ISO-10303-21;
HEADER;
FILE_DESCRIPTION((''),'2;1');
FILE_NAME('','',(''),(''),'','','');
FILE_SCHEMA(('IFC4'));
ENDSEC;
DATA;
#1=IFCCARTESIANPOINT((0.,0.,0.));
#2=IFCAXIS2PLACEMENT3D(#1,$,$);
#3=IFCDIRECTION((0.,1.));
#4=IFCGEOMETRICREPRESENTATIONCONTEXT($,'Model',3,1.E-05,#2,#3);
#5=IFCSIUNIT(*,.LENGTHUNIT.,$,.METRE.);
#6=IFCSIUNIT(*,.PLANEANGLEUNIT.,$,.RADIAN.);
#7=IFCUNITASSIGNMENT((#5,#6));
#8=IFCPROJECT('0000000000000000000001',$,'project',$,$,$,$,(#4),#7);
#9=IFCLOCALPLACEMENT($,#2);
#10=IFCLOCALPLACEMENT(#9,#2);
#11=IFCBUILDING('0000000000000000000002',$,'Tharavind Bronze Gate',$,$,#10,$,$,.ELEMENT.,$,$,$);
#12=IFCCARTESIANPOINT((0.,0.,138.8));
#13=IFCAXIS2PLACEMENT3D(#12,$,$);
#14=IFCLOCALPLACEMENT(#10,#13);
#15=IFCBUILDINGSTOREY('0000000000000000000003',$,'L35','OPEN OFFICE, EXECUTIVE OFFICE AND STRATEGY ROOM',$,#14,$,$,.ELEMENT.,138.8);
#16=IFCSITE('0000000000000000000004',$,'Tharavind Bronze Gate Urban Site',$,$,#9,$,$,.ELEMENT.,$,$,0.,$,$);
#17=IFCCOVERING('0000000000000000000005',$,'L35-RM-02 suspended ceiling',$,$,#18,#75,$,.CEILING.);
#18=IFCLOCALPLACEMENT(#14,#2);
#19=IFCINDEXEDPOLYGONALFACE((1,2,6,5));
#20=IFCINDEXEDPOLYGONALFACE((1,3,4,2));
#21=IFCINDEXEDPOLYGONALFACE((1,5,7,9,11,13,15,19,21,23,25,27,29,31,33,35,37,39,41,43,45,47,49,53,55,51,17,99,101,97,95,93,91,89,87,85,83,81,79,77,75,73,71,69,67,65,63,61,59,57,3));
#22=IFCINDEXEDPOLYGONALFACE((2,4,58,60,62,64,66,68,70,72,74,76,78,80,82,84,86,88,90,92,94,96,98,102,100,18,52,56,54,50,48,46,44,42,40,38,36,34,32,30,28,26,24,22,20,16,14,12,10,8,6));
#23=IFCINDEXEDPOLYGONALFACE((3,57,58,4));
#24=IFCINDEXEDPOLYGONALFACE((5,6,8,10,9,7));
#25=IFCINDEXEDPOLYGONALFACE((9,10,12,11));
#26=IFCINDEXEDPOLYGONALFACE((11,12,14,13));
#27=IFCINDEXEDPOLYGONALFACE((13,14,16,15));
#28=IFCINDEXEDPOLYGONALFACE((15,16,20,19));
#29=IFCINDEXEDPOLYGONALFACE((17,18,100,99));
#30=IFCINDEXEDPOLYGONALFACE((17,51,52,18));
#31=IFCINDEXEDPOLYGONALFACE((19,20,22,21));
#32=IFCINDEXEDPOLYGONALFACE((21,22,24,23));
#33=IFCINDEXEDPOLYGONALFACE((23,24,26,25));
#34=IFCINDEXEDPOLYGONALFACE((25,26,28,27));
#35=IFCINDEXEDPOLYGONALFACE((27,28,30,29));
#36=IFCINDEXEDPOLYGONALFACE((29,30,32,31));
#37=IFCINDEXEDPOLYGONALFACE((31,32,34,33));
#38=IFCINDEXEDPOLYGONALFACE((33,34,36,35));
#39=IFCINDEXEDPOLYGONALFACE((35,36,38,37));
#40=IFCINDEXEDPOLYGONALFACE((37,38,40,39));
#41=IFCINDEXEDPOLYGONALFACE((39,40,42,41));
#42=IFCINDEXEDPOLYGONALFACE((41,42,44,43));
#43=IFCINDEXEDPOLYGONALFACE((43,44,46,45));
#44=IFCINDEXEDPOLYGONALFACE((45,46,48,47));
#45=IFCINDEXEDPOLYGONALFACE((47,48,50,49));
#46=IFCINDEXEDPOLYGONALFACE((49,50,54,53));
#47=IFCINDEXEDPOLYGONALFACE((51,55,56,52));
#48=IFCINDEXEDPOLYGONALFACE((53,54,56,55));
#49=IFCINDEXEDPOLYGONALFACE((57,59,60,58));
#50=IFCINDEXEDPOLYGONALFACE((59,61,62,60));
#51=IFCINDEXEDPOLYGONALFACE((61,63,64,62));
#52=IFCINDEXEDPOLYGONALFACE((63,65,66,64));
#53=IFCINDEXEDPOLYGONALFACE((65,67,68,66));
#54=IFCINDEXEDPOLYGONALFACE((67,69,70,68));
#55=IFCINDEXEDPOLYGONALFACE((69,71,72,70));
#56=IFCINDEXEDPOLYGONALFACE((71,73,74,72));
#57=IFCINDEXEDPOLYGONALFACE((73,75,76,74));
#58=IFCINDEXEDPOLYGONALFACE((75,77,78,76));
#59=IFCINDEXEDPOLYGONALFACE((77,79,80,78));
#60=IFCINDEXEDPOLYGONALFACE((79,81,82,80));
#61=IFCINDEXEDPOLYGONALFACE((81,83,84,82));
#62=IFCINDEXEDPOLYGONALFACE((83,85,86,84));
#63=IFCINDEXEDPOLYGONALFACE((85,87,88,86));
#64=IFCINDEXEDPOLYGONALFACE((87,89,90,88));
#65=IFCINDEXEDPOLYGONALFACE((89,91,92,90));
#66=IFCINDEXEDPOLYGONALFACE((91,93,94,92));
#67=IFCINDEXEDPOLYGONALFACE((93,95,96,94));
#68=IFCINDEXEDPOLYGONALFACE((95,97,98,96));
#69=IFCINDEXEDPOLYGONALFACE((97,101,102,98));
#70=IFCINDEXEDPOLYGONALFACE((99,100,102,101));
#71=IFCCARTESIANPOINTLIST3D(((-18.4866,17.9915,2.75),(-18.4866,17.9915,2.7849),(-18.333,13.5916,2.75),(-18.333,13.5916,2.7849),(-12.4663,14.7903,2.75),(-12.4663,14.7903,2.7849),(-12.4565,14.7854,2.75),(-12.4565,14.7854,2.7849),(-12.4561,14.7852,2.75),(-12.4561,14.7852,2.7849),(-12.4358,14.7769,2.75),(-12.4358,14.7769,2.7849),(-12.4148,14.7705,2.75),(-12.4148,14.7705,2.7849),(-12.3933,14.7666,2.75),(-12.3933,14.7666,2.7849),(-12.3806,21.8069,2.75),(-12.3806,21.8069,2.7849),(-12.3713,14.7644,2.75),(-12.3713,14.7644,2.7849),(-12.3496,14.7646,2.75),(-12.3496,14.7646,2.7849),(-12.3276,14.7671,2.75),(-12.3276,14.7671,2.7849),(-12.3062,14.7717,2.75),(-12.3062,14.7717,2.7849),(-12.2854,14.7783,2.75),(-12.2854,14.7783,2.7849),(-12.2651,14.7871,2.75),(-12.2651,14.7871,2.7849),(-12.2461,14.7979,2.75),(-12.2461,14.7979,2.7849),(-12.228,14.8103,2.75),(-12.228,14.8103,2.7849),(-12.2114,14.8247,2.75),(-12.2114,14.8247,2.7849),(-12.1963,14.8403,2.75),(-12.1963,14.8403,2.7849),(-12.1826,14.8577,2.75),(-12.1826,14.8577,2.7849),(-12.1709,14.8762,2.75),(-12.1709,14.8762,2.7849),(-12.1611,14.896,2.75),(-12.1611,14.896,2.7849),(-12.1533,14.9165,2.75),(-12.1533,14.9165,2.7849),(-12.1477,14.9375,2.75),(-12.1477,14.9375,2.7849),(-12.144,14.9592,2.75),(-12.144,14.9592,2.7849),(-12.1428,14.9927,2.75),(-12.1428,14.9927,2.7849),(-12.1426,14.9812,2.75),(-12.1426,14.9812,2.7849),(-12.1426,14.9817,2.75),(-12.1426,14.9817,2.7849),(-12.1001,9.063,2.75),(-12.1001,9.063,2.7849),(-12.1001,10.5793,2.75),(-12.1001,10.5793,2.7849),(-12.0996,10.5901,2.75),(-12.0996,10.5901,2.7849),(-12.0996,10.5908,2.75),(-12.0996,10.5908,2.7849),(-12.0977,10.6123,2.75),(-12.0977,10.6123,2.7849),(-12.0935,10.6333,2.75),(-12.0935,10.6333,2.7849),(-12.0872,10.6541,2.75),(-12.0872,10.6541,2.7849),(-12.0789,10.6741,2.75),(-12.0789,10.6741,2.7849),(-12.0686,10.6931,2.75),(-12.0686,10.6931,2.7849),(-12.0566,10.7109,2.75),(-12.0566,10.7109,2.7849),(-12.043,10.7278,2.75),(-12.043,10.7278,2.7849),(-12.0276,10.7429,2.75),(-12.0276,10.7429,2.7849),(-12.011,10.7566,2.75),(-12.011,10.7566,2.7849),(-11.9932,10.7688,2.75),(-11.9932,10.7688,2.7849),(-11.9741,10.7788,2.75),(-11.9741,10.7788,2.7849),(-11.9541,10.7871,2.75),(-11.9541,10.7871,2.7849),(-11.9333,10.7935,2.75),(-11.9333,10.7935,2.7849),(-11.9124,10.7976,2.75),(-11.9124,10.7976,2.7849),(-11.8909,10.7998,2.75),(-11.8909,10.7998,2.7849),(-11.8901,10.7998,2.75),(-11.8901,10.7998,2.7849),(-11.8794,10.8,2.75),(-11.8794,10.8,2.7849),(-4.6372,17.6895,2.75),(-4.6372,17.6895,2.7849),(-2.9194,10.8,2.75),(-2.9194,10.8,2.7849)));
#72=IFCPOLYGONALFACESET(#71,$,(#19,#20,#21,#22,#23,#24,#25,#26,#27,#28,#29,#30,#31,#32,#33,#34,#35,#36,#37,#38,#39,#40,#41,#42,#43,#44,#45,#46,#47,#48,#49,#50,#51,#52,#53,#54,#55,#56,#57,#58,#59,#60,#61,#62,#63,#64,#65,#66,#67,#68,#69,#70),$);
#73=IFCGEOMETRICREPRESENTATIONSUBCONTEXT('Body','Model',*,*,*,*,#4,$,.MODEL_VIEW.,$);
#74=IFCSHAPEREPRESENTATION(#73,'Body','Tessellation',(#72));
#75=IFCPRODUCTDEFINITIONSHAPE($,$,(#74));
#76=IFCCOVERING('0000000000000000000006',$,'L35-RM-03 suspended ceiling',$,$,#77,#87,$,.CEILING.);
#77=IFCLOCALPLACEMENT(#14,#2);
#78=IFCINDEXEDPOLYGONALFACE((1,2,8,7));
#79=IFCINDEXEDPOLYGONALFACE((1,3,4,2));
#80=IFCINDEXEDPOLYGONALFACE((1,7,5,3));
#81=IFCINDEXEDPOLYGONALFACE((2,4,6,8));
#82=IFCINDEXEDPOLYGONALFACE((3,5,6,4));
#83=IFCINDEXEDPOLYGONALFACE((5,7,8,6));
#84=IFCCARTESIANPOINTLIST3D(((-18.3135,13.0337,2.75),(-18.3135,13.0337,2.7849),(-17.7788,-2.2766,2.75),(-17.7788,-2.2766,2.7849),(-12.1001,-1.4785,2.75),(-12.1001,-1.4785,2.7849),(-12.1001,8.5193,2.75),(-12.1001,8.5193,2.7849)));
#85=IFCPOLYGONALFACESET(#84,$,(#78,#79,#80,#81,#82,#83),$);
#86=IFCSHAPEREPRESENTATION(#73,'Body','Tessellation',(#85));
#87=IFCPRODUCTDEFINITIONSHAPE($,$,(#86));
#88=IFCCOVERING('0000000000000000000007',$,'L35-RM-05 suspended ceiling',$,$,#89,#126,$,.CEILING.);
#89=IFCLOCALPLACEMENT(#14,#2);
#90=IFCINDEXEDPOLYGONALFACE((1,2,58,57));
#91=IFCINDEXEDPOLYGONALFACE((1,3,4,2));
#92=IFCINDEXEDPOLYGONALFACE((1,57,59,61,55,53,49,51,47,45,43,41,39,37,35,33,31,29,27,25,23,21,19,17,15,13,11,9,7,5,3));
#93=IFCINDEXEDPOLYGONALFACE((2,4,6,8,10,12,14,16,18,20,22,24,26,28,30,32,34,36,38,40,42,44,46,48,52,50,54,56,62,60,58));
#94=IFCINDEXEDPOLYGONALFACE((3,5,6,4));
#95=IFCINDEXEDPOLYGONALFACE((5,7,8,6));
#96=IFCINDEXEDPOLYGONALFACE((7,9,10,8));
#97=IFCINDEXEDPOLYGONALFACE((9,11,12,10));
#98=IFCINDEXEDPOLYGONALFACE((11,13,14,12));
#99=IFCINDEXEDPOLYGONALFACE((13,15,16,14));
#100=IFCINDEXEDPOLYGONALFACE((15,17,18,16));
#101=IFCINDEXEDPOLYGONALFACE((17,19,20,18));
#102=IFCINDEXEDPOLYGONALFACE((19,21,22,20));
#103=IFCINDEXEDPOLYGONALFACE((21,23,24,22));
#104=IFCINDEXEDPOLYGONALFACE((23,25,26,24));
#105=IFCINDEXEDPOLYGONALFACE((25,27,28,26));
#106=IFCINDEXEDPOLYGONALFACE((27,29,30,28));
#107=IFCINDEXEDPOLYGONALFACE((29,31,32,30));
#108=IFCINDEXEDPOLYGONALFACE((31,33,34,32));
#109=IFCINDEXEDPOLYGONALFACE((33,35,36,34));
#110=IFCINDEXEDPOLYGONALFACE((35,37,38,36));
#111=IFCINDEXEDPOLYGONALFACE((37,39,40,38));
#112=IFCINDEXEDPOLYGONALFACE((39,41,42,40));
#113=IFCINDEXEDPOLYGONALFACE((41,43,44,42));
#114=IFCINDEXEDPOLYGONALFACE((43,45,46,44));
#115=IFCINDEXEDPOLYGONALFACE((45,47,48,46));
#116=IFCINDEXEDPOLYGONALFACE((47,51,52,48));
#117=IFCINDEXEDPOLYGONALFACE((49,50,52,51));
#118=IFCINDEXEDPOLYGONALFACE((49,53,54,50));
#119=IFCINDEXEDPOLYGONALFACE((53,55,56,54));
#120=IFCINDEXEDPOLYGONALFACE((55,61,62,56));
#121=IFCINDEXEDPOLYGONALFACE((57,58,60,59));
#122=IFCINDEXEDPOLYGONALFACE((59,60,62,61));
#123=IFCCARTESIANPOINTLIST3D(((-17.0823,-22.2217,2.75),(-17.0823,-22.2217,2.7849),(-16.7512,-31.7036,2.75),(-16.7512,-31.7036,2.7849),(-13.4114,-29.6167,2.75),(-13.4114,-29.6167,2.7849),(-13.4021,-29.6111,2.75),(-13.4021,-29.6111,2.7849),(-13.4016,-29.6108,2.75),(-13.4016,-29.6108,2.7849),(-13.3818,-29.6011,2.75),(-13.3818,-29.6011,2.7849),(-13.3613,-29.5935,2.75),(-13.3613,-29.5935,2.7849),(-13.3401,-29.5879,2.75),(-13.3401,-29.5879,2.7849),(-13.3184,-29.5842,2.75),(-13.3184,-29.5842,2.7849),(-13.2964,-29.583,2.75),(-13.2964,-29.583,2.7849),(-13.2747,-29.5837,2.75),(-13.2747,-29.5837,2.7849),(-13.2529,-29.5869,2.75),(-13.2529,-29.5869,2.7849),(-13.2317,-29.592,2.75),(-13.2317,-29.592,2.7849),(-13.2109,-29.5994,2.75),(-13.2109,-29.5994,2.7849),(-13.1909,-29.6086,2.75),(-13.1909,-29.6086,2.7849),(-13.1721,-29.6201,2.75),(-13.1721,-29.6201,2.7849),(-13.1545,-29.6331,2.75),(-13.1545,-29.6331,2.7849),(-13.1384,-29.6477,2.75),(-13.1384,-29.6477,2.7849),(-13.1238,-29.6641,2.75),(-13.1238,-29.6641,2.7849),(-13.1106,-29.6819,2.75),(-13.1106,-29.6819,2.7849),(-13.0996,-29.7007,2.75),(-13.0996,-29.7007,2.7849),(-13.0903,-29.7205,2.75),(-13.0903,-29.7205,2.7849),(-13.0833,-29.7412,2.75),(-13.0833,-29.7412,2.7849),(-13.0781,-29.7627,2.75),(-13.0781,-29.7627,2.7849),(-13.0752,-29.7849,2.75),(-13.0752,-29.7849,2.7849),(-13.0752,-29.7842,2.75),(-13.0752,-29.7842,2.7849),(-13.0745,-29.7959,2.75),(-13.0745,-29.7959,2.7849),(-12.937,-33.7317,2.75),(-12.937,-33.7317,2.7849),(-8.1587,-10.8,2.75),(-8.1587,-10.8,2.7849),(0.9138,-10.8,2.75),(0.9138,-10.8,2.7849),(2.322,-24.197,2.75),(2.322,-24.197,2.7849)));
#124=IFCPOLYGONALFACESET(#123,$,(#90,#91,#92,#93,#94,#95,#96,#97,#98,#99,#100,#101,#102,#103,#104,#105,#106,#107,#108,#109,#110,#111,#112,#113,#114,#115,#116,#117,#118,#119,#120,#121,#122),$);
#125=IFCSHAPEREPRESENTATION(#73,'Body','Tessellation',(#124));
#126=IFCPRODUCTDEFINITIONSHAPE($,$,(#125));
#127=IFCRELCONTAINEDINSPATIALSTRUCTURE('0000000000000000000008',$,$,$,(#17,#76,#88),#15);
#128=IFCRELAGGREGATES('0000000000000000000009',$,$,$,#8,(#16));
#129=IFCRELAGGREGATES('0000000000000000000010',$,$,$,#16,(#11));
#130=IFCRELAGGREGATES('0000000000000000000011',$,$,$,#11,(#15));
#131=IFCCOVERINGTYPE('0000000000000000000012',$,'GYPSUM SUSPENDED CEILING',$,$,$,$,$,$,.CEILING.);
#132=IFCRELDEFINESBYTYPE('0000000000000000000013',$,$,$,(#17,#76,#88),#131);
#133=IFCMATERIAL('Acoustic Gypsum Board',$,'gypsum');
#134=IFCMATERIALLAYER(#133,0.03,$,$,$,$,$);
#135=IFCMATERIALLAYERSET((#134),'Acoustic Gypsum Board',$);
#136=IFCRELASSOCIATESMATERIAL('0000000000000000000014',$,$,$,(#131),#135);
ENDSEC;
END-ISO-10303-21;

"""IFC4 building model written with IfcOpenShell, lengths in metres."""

from ifc_helpers import new_model, si_unit, direction, frame, origin, place, context, subcontext, project, spatial, polyline, outline, extrude, material, layer, layer_set, type_object, element, save


model = new_model("IFC4")

# Units and contexts
model_context = context("Model", 3, precision=1e-05, world=origin(), true_north=direction((0.0, 1.0)))
body_context = subcontext(model_context, "Body", "Model", "MODEL_VIEW")
ifc_project = project(units=[si_unit("LENGTHUNIT", "METRE"), si_unit("PLANEANGLEUNIT", "RADIAN")], contexts=[model_context])

# Site, building, storey
site_placement = place(None, origin())
site = spatial("IfcSite", under=ifc_project, at=site_placement, Name="Tharavind Bronze Gate Urban Site", CompositionType="ELEMENT", RefElevation=0.0)
building_placement = place(site_placement, origin())
building = spatial("IfcBuilding", under=site, at=building_placement, Name="Tharavind Bronze Gate", CompositionType="ELEMENT")
storey_placement = place(building_placement, frame((0.0, 0.0, 138.8)))
storey = spatial("IfcBuildingStorey", under=building, at=storey_placement, Name="L35", Description="OPEN OFFICE, EXECUTIVE OFFICE AND STRATEGY ROOM", CompositionType="ELEMENT", Elevation=138.8)

# Coverings
ifc_material_1 = material(Name="Acoustic Gypsum Board", Category="gypsum")
ifc_layer_1 = layer(ifc_material_1, 0.03)
ifc_layer_set_1 = layer_set([ifc_layer_1], Name="Acoustic Gypsum Board")
covering_type_1 = type_object("IfcCoveringType", Name="GYPSUM SUSPENDED CEILING", PredefinedType="CEILING", material=ifc_layer_set_1)
covering_1_placement = place(storey_placement, frame((0.0, 0.0, 2.75)))
element("IfcCovering", 1, at=covering_1_placement, inside=storey, type_object=covering_type_1, Name="L35-RM-02 suspended ceiling", PredefinedType="CEILING", context=body_context, shape_type="SweptSolid", body=[
    extrude(outline(polyline([(-18.333, 13.5916), (-12.1001, 9.063), (-12.1001, 10.5793), (-12.0996, 10.5901), (-12.0996, 10.5908), (-12.0977, 10.6123), (-12.0935, 10.6333), (-12.0872, 10.6541), (-12.0789, 10.6741), (-12.0686, 10.6931), (-12.0566, 10.7109), (-12.043, 10.7278), (-12.0276, 10.7429), (-12.011, 10.7566), (-11.9932, 10.7688), (-11.9741, 10.7788), (-11.9541, 10.7871), (-11.9333, 10.7935), (-11.9124, 10.7976), (-11.8909, 10.7998), (-11.8901, 10.7998), (-11.8794, 10.8), (-2.9194, 10.8), (-4.6372, 17.6895), (-12.3806, 21.8069), (-12.1428, 14.9927), (-12.1426, 14.9817), (-12.1426, 14.9812), (-12.144, 14.9592), (-12.1477, 14.9375), (-12.1533, 14.9165), (-12.1611, 14.896), (-12.1709, 14.8762), (-12.1826, 14.8577), (-12.1963, 14.8403), (-12.2114, 14.8247), (-12.228, 14.8103), (-12.2461, 14.7979), (-12.2651, 14.7871), (-12.2854, 14.7783), (-12.3062, 14.7717), (-12.3276, 14.7671), (-12.3496, 14.7646), (-12.3713, 14.7644), (-12.3933, 14.7666), (-12.4148, 14.7705), (-12.4358, 14.7769), (-12.4561, 14.7852), (-12.4565, 14.7854), (-12.4663, 14.7903), (-18.4866, 17.9915), (-18.333, 13.5916)])), origin(), (0.0, 0.0, 1.0), 0.0349),
])
covering_2_placement = place(storey_placement, frame((0.0, 0.0, 2.75)))
element("IfcCovering", 2, at=covering_2_placement, inside=storey, type_object=covering_type_1, Name="L35-RM-03 suspended ceiling", PredefinedType="CEILING", context=body_context, shape_type="SweptSolid", body=[
    extrude(outline(polyline([(-17.7788, -2.2766), (-12.1001, -1.4785), (-12.1001, 8.5193), (-18.3135, 13.0337), (-17.7788, -2.2766)])), origin(), (0.0, 0.0, 1.0), 0.0349),
])
covering_3_placement = place(storey_placement, frame((0.0, 0.0, 2.75)))
element("IfcCovering", 3, at=covering_3_placement, inside=storey, type_object=covering_type_1, Name="L35-RM-05 suspended ceiling", PredefinedType="CEILING", context=body_context, shape_type="SweptSolid", body=[
    extrude(outline(polyline([(-16.7512, -31.7036), (-13.4114, -29.6167), (-13.4021, -29.6111), (-13.4016, -29.6108), (-13.3818, -29.6011), (-13.3613, -29.5935), (-13.3401, -29.5879), (-13.3184, -29.5842), (-13.2964, -29.583), (-13.2747, -29.5837), (-13.2529, -29.5869), (-13.2317, -29.592), (-13.2109, -29.5994), (-13.1909, -29.6086), (-13.1721, -29.6201), (-13.1545, -29.6331), (-13.1384, -29.6477), (-13.1238, -29.6641), (-13.1106, -29.6819), (-13.0996, -29.7007), (-13.0903, -29.7205), (-13.0833, -29.7412), (-13.0781, -29.7627), (-13.0752, -29.7842), (-13.0752, -29.7849), (-13.0745, -29.7959), (-12.937, -33.7317), (2.322, -24.197), (0.9138, -10.8), (-8.1587, -10.8), (-17.0823, -22.2217), (-16.7512, -31.7036)])), origin(), (0.0, 0.0, 1.0), 0.0349),
])

save(model, "model.ifc")
